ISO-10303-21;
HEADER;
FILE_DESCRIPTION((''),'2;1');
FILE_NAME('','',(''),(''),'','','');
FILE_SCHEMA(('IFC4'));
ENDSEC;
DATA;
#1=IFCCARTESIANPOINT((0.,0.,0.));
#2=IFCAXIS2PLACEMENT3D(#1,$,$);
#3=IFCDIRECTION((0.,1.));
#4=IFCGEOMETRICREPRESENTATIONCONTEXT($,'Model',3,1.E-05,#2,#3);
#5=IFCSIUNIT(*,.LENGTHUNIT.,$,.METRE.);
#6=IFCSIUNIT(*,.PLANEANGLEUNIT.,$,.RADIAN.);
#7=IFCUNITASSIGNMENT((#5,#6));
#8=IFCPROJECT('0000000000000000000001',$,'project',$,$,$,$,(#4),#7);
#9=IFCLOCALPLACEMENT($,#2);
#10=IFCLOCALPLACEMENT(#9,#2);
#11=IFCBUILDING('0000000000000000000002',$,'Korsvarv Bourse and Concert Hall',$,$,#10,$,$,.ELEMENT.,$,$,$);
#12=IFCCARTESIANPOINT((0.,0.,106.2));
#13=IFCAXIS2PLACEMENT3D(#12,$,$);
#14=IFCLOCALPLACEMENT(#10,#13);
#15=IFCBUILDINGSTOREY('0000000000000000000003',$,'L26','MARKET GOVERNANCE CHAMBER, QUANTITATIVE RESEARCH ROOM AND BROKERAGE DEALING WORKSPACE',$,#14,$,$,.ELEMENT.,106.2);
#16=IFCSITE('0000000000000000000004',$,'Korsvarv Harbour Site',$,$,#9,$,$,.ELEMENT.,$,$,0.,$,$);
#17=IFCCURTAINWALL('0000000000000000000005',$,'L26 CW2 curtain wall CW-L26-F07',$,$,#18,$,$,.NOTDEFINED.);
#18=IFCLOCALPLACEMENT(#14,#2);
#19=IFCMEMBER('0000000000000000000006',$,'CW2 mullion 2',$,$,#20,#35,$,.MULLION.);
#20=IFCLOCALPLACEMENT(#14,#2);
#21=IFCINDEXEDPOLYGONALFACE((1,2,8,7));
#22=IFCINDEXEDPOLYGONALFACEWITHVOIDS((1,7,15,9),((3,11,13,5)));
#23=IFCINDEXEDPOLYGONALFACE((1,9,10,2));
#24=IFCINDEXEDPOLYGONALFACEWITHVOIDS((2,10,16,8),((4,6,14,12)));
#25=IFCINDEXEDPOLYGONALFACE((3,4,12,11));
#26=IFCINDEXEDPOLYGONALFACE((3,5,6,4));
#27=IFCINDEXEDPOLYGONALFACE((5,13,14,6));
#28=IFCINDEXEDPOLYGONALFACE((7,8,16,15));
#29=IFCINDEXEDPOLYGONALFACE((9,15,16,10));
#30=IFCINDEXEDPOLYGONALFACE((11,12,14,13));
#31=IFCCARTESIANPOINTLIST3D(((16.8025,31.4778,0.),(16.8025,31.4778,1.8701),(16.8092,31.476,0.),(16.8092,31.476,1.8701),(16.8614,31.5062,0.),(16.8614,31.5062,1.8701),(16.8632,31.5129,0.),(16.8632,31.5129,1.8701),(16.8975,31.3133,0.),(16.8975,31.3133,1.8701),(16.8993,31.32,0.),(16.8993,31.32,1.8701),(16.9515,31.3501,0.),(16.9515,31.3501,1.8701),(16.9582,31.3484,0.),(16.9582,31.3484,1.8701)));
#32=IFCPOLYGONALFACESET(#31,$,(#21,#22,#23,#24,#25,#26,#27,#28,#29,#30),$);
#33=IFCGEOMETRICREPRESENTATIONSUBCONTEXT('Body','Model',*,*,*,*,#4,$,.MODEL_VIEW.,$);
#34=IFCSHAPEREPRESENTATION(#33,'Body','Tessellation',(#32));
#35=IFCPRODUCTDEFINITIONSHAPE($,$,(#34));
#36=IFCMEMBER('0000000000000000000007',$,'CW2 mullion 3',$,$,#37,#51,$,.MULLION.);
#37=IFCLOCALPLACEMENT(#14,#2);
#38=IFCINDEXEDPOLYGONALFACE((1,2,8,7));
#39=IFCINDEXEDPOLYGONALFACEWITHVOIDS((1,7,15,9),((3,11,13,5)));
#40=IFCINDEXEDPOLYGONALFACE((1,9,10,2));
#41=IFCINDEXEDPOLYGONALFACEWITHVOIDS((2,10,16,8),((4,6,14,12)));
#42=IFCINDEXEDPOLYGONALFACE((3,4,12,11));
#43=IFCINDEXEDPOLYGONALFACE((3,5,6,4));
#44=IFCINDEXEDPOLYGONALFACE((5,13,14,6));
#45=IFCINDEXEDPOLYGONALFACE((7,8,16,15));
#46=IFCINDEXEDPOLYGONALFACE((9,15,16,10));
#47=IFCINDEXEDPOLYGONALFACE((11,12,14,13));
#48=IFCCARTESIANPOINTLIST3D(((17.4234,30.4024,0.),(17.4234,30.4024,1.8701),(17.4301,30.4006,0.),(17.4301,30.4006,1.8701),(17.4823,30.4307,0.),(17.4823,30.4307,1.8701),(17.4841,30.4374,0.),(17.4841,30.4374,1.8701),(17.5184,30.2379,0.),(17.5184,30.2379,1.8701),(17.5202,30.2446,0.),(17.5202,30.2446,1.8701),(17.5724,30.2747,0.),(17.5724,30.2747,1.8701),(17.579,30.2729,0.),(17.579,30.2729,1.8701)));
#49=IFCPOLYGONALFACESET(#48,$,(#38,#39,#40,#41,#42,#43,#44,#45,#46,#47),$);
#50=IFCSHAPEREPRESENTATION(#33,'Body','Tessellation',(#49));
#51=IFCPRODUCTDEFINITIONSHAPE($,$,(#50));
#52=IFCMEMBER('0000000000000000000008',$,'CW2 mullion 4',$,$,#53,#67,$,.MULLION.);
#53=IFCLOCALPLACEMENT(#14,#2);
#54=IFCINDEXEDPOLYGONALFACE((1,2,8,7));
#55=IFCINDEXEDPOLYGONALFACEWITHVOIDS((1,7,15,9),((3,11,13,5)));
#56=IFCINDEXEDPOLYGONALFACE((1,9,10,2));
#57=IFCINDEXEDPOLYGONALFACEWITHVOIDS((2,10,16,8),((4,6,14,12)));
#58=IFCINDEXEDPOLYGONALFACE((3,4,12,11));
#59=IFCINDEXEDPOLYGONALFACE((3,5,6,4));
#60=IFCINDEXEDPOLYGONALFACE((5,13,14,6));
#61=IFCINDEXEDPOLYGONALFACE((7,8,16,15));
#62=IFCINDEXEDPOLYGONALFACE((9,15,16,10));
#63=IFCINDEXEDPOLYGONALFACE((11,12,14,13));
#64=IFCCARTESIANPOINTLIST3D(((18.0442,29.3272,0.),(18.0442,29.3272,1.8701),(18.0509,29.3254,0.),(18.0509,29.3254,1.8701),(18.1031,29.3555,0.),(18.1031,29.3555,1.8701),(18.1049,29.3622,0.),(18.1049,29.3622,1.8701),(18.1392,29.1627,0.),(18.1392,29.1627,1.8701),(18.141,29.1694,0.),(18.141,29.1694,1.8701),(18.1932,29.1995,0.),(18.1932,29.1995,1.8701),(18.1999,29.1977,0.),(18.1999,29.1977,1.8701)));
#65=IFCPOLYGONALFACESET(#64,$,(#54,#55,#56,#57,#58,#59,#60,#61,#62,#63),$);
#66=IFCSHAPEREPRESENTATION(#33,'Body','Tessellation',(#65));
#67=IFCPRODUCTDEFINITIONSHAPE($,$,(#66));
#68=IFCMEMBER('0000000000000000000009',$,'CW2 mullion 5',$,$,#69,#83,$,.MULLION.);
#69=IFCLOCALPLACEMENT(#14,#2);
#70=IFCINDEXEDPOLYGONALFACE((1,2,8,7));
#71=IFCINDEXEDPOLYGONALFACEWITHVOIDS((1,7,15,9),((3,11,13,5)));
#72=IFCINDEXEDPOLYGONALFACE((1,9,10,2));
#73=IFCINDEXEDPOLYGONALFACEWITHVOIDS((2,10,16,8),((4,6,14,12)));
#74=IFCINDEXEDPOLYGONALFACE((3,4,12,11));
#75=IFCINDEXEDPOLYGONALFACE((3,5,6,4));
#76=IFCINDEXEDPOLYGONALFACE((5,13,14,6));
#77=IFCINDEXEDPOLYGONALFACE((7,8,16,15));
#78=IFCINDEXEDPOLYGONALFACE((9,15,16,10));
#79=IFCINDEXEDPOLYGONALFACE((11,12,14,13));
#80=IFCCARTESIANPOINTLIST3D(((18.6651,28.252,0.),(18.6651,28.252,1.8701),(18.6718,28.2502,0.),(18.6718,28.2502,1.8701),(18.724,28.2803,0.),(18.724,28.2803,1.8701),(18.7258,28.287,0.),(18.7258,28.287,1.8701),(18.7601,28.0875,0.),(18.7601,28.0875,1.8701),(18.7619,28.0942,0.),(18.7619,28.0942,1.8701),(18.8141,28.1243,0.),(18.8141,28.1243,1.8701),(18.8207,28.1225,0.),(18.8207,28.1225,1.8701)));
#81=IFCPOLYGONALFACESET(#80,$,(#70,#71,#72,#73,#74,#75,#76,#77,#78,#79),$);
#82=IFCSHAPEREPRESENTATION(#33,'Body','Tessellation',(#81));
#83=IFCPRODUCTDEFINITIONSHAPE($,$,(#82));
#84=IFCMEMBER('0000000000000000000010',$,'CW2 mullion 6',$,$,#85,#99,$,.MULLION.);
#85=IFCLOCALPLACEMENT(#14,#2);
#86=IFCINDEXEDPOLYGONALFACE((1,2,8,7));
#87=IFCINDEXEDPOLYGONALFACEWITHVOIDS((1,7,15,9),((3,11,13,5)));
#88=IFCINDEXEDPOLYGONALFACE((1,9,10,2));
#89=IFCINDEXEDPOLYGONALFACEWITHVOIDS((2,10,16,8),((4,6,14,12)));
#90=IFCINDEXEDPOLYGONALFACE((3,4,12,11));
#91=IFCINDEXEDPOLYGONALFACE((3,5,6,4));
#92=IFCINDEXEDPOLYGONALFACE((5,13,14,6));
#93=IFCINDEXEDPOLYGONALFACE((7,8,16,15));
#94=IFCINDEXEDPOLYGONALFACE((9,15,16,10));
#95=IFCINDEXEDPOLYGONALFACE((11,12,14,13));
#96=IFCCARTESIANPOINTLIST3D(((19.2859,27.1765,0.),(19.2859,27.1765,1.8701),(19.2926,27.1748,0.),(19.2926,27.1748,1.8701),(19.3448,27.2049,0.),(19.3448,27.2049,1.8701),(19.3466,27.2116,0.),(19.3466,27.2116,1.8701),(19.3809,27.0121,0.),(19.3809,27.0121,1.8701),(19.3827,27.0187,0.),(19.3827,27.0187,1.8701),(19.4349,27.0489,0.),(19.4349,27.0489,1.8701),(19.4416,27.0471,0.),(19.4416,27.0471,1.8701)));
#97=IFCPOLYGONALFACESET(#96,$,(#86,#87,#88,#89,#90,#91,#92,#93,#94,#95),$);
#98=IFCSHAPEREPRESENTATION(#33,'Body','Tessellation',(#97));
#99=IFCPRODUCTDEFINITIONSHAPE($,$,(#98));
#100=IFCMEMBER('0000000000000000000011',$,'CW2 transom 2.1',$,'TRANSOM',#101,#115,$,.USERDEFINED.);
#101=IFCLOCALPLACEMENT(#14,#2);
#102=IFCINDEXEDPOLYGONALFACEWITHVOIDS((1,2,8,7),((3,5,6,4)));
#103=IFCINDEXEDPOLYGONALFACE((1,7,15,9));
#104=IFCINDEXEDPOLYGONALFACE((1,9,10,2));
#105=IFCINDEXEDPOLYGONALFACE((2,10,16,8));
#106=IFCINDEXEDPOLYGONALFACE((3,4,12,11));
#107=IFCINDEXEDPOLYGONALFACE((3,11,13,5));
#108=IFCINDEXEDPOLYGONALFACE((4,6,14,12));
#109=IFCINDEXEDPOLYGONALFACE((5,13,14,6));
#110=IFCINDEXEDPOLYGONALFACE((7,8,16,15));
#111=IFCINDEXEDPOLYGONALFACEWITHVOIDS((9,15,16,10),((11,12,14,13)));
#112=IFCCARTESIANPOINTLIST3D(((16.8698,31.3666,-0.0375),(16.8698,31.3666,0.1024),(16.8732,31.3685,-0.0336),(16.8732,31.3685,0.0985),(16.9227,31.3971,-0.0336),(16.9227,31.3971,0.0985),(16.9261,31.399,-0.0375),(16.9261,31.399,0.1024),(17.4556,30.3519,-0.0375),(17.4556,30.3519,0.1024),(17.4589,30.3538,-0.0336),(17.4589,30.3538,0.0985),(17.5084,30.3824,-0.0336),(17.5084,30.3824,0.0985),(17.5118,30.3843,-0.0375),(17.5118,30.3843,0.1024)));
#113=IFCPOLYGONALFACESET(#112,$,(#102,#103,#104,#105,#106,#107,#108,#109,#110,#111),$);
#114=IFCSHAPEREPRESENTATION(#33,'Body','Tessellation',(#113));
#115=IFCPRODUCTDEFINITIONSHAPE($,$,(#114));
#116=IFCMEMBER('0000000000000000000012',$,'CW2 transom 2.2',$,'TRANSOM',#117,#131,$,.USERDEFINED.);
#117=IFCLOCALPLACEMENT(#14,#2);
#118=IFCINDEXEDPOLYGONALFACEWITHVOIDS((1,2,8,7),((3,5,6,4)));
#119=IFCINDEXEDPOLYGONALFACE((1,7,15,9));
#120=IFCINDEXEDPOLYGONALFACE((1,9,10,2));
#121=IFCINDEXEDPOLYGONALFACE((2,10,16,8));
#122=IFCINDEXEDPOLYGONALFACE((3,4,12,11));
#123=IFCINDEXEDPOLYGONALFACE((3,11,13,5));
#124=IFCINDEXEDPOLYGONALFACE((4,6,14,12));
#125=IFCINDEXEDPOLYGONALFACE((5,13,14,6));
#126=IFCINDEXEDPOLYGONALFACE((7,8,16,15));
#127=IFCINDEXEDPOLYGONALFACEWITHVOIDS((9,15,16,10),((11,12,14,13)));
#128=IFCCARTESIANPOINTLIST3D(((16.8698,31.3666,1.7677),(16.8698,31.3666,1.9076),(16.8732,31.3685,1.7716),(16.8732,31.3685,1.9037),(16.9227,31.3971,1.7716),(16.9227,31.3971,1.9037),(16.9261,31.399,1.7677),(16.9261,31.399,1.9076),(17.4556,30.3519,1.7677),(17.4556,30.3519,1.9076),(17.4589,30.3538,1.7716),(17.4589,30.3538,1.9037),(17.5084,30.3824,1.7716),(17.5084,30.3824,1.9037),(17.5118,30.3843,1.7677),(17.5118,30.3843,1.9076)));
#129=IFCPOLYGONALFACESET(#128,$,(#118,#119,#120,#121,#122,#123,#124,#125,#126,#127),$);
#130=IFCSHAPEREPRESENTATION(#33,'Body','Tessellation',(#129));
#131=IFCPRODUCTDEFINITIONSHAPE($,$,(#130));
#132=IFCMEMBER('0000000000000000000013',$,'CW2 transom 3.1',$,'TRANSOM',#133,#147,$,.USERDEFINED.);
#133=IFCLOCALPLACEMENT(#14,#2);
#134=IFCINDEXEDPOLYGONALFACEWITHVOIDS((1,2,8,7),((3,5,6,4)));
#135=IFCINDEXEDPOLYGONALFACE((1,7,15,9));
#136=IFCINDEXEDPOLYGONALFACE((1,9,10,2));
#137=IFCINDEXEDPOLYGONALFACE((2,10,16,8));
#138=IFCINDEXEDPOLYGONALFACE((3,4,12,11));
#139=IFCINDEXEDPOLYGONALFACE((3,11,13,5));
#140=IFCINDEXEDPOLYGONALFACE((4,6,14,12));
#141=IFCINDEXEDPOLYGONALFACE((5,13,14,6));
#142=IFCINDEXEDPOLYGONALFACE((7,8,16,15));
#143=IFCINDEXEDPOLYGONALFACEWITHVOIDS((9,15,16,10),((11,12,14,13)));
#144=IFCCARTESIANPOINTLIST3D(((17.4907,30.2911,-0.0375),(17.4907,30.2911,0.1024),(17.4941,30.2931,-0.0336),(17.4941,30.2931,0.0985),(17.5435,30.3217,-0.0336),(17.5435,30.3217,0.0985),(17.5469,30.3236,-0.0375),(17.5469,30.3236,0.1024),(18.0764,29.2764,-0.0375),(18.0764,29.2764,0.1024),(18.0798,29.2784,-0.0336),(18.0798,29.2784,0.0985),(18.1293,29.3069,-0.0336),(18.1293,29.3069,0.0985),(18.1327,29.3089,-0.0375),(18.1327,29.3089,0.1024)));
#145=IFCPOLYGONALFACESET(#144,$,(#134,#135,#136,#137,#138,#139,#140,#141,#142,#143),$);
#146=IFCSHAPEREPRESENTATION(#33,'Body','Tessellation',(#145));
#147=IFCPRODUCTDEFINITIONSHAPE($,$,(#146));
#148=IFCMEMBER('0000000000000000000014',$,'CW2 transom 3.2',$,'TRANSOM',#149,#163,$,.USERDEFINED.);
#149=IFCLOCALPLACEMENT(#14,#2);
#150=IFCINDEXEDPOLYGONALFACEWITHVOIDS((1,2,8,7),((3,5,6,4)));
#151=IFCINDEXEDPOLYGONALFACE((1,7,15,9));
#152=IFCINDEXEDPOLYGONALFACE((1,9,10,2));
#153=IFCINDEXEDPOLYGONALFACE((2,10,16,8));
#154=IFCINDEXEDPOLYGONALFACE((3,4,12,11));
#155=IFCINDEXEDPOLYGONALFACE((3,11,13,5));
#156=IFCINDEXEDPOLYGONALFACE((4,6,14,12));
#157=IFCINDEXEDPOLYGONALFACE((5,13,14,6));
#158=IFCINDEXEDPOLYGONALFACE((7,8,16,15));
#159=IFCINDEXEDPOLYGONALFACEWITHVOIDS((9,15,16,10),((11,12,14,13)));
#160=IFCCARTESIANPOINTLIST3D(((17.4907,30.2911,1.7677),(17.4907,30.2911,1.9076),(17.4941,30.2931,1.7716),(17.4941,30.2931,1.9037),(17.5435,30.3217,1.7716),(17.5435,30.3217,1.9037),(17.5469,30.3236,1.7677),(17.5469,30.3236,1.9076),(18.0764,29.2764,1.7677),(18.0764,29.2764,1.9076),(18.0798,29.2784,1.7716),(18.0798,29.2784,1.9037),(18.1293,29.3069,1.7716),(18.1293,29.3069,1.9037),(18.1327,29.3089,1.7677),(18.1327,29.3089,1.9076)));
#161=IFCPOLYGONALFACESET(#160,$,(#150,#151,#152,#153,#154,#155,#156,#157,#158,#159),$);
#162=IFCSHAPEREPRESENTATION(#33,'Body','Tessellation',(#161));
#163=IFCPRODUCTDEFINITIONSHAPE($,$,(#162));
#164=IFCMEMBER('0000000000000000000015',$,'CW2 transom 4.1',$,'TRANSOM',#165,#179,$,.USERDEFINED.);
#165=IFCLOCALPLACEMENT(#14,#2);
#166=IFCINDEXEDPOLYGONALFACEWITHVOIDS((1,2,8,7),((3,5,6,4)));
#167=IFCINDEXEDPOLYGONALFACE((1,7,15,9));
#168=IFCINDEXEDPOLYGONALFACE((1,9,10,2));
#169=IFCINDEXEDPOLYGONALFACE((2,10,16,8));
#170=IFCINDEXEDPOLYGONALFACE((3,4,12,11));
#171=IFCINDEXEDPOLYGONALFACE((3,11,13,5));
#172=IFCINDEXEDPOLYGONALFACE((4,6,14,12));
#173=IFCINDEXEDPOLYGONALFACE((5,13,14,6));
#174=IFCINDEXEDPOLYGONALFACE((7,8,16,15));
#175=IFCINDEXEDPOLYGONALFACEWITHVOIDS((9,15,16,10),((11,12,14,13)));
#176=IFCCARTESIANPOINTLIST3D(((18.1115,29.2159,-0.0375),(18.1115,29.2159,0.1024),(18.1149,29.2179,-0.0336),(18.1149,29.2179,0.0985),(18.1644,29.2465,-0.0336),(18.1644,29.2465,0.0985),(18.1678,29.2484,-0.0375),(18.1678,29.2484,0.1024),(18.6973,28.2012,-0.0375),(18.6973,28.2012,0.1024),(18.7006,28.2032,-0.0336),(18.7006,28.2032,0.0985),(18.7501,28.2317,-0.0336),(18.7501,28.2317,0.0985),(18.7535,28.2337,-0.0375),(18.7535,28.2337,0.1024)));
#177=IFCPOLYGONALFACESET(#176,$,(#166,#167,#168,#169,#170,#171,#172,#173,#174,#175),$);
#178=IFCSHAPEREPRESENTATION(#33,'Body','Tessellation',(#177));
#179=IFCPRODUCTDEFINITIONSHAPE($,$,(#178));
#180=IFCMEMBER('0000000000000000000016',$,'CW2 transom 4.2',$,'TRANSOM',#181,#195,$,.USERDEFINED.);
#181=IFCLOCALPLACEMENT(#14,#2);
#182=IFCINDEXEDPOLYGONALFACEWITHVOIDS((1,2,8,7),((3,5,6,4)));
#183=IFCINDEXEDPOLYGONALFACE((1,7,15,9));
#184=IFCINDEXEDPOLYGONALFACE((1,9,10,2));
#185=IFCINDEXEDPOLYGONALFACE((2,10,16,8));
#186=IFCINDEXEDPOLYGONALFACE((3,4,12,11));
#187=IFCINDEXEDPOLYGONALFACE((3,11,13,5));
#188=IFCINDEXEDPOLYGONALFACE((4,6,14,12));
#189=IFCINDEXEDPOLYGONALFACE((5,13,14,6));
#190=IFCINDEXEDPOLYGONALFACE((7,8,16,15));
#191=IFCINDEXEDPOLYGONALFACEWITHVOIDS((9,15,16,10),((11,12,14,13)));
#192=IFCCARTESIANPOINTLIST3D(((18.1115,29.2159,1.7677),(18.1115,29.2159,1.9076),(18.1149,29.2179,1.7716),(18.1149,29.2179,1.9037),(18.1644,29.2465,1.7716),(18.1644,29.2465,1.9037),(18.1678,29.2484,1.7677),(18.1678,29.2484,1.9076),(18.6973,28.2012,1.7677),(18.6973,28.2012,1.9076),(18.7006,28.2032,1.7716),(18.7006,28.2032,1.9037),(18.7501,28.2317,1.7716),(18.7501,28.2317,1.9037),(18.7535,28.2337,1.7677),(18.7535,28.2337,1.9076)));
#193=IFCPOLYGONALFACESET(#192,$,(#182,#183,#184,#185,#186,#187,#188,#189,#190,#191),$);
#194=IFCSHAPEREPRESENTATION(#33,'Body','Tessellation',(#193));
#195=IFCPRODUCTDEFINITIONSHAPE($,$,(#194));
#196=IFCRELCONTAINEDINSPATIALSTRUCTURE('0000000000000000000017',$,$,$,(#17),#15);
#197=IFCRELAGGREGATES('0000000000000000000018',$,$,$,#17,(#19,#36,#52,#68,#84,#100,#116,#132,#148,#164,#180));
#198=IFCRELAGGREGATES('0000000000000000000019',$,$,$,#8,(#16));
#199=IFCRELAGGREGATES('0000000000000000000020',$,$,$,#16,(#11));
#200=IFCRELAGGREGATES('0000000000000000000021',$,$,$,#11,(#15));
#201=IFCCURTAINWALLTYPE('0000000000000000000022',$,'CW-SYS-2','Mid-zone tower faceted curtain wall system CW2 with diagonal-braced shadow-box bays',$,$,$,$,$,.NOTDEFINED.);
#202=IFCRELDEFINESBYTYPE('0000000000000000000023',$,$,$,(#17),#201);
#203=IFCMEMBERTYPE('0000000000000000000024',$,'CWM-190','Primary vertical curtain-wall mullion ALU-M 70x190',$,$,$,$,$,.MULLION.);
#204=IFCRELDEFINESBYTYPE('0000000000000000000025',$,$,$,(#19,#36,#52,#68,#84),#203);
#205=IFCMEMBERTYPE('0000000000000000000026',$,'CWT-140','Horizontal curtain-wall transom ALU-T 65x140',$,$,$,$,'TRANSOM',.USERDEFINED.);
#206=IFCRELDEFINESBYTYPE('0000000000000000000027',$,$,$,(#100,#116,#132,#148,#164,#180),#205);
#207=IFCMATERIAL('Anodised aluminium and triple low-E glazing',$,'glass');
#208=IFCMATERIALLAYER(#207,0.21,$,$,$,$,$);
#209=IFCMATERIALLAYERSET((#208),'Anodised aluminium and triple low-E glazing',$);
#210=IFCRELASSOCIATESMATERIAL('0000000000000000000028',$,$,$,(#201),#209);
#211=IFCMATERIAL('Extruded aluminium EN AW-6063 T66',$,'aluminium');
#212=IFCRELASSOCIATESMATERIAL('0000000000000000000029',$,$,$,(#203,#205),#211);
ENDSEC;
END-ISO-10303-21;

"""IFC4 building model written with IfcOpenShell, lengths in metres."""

from ifc_helpers import new_model, si_unit, direction, frame, origin, origin_2d, place, context, subcontext, project, spatial, hollow_rectangle, extrude, source, transform, mapped, material, layer, layer_set, material_profile, profile_set, type_object, element, aggregate, save


model = new_model("IFC4")

# Units and contexts
model_context = context("Model", 3, precision=1e-05, world=origin(), true_north=direction((0.0, 1.0)))
body_context = subcontext(model_context, "Body", "Model", "MODEL_VIEW")
ifc_project = project(units=[si_unit("LENGTHUNIT", "METRE"), si_unit("PLANEANGLEUNIT", "RADIAN")], contexts=[model_context])

# Site, building, storey
site_placement = place(None, origin())
site = spatial("IfcSite", under=ifc_project, at=site_placement, Name="Korsvarv Harbour Site", CompositionType="ELEMENT", RefElevation=0.0)
building_placement = place(site_placement, origin())
building = spatial("IfcBuilding", under=site, at=building_placement, Name="Korsvarv Bourse and Concert Hall", CompositionType="ELEMENT")
storey_placement = place(building_placement, frame((0.0, 0.0, 106.2)))
storey = spatial("IfcBuildingStorey", under=building, at=storey_placement, Name="L26", Description="MARKET GOVERNANCE CHAMBER, QUANTITATIVE RESEARCH ROOM AND BROKERAGE DEALING WORKSPACE", CompositionType="ELEMENT", Elevation=106.2)

# Curtain wall, members
ifc_material_1 = material(Name="Anodised aluminium and triple low-E glazing", Category="glass")
ifc_layer_1 = layer(ifc_material_1, 0.21)
ifc_layer_set_1 = layer_set([ifc_layer_1], Name="Anodised aluminium and triple low-E glazing")
curtain_wall_type = type_object("IfcCurtainWallType", Name="CW-SYS-2", Description="Mid-zone tower faceted curtain wall system CW2 with diagonal-braced shadow-box bays", PredefinedType="NOTDEFINED", material=ifc_layer_set_1)
curtain_wall_placement = place(storey_placement, origin())
curtain_wall = element("IfcCurtainWall", 1, at=curtain_wall_placement, inside=storey, type_object=curtain_wall_type, Name="L26 CW2 curtain wall CW-L26-F07", PredefinedType="NOTDEFINED")
ifc_material_2 = material(Name="Extruded aluminium EN AW-6063 T66", Category="aluminium")
ifc_material_profile_1 = material_profile(ifc_material_2, hollow_rectangle(XDim=0.0701, YDim=0.1899, WallThickness=0.0049, at=origin_2d()), Name="ALU-M 70x190")
ifc_profile_set_1 = profile_set([ifc_material_profile_1], Name="Extruded aluminium EN AW-6063 T66")
member_type_1 = type_object("IfcMemberType", Name="CWM-190", Description="Primary vertical curtain-wall mullion ALU-M 70x190", PredefinedType="MULLION", material=ifc_profile_set_1)
shared_shape_1 = source(origin(), body_context, "Body", "SweptSolid", [
    extrude(hollow_rectangle(XDim=0.0701, YDim=0.1899, WallThickness=0.0049, at=origin_2d()), origin(), (0.0, 0.0, 1.0), 1.8701),
])
member_1_placement = place(storey_placement, frame((16.8804, 31.4131, 0.0), z_axis=(0.0, 0.0, 1.0), x_axis=(0.866024, 0.500002, 0.0)))
member_1 = element("IfcMember", 2, at=member_1_placement, type_object=member_type_1, Name="CW2 mullion 2", PredefinedType="MULLION", context=body_context, shape_type="MappedRepresentation", body=[
    mapped(shared_shape_1, transform((0.0, 0.0, 0.0), scale=1.0)),
])
member_2_placement = place(storey_placement, frame((17.5012, 30.3376, 0.0), z_axis=(0.0, 0.0, 1.0), x_axis=(0.866024, 0.500002, 0.0)))
member_2 = element("IfcMember", 3, at=member_2_placement, type_object=member_type_1, Name="CW2 mullion 3", PredefinedType="MULLION", context=body_context, shape_type="MappedRepresentation", body=[
    mapped(shared_shape_1, transform((0.0, 0.0, 0.0), scale=1.0)),
])
member_3_placement = place(storey_placement, frame((18.1221, 29.2625, 0.0), z_axis=(0.0, 0.0, 1.0), x_axis=(0.866024, 0.500002, 0.0)))
member_3 = element("IfcMember", 4, at=member_3_placement, type_object=member_type_1, Name="CW2 mullion 4", PredefinedType="MULLION", context=body_context, shape_type="MappedRepresentation", body=[
    mapped(shared_shape_1, transform((0.0, 0.0, 0.0), scale=1.0)),
])
member_4_placement = place(storey_placement, frame((18.7429, 28.1873, 0.0), z_axis=(0.0, 0.0, 1.0), x_axis=(0.866024, 0.500002, 0.0)))
member_4 = element("IfcMember", 5, at=member_4_placement, type_object=member_type_1, Name="CW2 mullion 5", PredefinedType="MULLION", context=body_context, shape_type="MappedRepresentation", body=[
    mapped(shared_shape_1, transform((0.0, 0.0, 0.0), scale=1.0)),
])
member_5_placement = place(storey_placement, frame((19.3638, 27.1118, 0.0), z_axis=(0.0, 0.0, 1.0), x_axis=(0.866024, 0.500002, 0.0)))
member_5 = element("IfcMember", 6, at=member_5_placement, type_object=member_type_1, Name="CW2 mullion 6", PredefinedType="MULLION", context=body_context, shape_type="MappedRepresentation", body=[
    mapped(shared_shape_1, transform((0.0, 0.0, 0.0), scale=1.0)),
])
ifc_material_profile_2 = material_profile(ifc_material_2, hollow_rectangle(XDim=0.0649, YDim=0.1399, WallThickness=0.0039, at=origin_2d()), Name="ALU-T 65x140")
ifc_profile_set_2 = profile_set([ifc_material_profile_2], Name="Extruded aluminium EN AW-6063 T66")
member_type_2 = type_object("IfcMemberType", Name="CWT-140", Description="Horizontal curtain-wall transom ALU-T 65x140", ElementType="TRANSOM", PredefinedType="USERDEFINED", material=ifc_profile_set_2)
shared_shape_2 = source(origin(), body_context, "Body", "SweptSolid", [
    extrude(hollow_rectangle(XDim=0.0649, YDim=0.1399, WallThickness=0.0039, at=origin_2d()), origin(), (0.0, 0.0, 1.0), 1.1716),
])
member_6_placement = place(storey_placement, frame((16.8979, 31.3828, 0.0325), z_axis=(0.499927, -0.866068, 0.0), x_axis=(0.866068, 0.499927, 0.0)))
member_6 = element("IfcMember", 7, at=member_6_placement, type_object=member_type_2, Name="CW2 transom 2.1", ObjectType="TRANSOM", PredefinedType="USERDEFINED", context=body_context, shape_type="MappedRepresentation", body=[
    mapped(shared_shape_2, transform((0.0, 0.0, 0.0), scale=1.0)),
])
member_7_placement = place(storey_placement, frame((16.8979, 31.3828, 1.8376), z_axis=(0.499927, -0.866068, 0.0), x_axis=(0.866068, 0.499927, 0.0)))
member_7 = element("IfcMember", 8, at=member_7_placement, type_object=member_type_2, Name="CW2 transom 2.2", ObjectType="TRANSOM", PredefinedType="USERDEFINED", context=body_context, shape_type="MappedRepresentation", body=[
    mapped(shared_shape_2, transform((0.0, 0.0, 0.0), scale=1.0)),
])
member_8_placement = place(storey_placement, frame((17.5188, 30.3074, 0.0325), z_axis=(0.499927, -0.866068, 0.0), x_axis=(0.866068, 0.499927, 0.0)))
member_8 = element("IfcMember", 9, at=member_8_placement, type_object=member_type_2, Name="CW2 transom 3.1", ObjectType="TRANSOM", PredefinedType="USERDEFINED", context=body_context, shape_type="MappedRepresentation", body=[
    mapped(shared_shape_2, transform((0.0, 0.0, 0.0), scale=1.0)),
])
member_9_placement = place(storey_placement, frame((17.5188, 30.3074, 1.8376), z_axis=(0.499927, -0.866068, 0.0), x_axis=(0.866068, 0.499927, 0.0)))
member_9 = element("IfcMember", 10, at=member_9_placement, type_object=member_type_2, Name="CW2 transom 3.2", ObjectType="TRANSOM", PredefinedType="USERDEFINED", context=body_context, shape_type="MappedRepresentation", body=[
    mapped(shared_shape_2, transform((0.0, 0.0, 0.0), scale=1.0)),
])
member_10_placement = place(storey_placement, frame((18.1396, 29.2322, 0.0325), z_axis=(0.499927, -0.866068, 0.0), x_axis=(0.866068, 0.499927, 0.0)))
member_10 = element("IfcMember", 11, at=member_10_placement, type_object=member_type_2, Name="CW2 transom 4.1", ObjectType="TRANSOM", PredefinedType="USERDEFINED", context=body_context, shape_type="MappedRepresentation", body=[
    mapped(shared_shape_2, transform((0.0, 0.0, 0.0), scale=1.0)),
])
member_11_placement = place(storey_placement, frame((18.1396, 29.2322, 1.8376), z_axis=(0.499927, -0.866068, 0.0), x_axis=(0.866068, 0.499927, 0.0)))
member_11 = element("IfcMember", 12, at=member_11_placement, type_object=member_type_2, Name="CW2 transom 4.2", ObjectType="TRANSOM", PredefinedType="USERDEFINED", context=body_context, shape_type="MappedRepresentation", body=[
    mapped(shared_shape_2, transform((0.0, 0.0, 0.0), scale=1.0)),
])

aggregate(curtain_wall, [member_1, member_2, member_3, member_4, member_5, member_6, member_7, member_8, member_9, member_10, member_11])

save(model, "model.ifc")
